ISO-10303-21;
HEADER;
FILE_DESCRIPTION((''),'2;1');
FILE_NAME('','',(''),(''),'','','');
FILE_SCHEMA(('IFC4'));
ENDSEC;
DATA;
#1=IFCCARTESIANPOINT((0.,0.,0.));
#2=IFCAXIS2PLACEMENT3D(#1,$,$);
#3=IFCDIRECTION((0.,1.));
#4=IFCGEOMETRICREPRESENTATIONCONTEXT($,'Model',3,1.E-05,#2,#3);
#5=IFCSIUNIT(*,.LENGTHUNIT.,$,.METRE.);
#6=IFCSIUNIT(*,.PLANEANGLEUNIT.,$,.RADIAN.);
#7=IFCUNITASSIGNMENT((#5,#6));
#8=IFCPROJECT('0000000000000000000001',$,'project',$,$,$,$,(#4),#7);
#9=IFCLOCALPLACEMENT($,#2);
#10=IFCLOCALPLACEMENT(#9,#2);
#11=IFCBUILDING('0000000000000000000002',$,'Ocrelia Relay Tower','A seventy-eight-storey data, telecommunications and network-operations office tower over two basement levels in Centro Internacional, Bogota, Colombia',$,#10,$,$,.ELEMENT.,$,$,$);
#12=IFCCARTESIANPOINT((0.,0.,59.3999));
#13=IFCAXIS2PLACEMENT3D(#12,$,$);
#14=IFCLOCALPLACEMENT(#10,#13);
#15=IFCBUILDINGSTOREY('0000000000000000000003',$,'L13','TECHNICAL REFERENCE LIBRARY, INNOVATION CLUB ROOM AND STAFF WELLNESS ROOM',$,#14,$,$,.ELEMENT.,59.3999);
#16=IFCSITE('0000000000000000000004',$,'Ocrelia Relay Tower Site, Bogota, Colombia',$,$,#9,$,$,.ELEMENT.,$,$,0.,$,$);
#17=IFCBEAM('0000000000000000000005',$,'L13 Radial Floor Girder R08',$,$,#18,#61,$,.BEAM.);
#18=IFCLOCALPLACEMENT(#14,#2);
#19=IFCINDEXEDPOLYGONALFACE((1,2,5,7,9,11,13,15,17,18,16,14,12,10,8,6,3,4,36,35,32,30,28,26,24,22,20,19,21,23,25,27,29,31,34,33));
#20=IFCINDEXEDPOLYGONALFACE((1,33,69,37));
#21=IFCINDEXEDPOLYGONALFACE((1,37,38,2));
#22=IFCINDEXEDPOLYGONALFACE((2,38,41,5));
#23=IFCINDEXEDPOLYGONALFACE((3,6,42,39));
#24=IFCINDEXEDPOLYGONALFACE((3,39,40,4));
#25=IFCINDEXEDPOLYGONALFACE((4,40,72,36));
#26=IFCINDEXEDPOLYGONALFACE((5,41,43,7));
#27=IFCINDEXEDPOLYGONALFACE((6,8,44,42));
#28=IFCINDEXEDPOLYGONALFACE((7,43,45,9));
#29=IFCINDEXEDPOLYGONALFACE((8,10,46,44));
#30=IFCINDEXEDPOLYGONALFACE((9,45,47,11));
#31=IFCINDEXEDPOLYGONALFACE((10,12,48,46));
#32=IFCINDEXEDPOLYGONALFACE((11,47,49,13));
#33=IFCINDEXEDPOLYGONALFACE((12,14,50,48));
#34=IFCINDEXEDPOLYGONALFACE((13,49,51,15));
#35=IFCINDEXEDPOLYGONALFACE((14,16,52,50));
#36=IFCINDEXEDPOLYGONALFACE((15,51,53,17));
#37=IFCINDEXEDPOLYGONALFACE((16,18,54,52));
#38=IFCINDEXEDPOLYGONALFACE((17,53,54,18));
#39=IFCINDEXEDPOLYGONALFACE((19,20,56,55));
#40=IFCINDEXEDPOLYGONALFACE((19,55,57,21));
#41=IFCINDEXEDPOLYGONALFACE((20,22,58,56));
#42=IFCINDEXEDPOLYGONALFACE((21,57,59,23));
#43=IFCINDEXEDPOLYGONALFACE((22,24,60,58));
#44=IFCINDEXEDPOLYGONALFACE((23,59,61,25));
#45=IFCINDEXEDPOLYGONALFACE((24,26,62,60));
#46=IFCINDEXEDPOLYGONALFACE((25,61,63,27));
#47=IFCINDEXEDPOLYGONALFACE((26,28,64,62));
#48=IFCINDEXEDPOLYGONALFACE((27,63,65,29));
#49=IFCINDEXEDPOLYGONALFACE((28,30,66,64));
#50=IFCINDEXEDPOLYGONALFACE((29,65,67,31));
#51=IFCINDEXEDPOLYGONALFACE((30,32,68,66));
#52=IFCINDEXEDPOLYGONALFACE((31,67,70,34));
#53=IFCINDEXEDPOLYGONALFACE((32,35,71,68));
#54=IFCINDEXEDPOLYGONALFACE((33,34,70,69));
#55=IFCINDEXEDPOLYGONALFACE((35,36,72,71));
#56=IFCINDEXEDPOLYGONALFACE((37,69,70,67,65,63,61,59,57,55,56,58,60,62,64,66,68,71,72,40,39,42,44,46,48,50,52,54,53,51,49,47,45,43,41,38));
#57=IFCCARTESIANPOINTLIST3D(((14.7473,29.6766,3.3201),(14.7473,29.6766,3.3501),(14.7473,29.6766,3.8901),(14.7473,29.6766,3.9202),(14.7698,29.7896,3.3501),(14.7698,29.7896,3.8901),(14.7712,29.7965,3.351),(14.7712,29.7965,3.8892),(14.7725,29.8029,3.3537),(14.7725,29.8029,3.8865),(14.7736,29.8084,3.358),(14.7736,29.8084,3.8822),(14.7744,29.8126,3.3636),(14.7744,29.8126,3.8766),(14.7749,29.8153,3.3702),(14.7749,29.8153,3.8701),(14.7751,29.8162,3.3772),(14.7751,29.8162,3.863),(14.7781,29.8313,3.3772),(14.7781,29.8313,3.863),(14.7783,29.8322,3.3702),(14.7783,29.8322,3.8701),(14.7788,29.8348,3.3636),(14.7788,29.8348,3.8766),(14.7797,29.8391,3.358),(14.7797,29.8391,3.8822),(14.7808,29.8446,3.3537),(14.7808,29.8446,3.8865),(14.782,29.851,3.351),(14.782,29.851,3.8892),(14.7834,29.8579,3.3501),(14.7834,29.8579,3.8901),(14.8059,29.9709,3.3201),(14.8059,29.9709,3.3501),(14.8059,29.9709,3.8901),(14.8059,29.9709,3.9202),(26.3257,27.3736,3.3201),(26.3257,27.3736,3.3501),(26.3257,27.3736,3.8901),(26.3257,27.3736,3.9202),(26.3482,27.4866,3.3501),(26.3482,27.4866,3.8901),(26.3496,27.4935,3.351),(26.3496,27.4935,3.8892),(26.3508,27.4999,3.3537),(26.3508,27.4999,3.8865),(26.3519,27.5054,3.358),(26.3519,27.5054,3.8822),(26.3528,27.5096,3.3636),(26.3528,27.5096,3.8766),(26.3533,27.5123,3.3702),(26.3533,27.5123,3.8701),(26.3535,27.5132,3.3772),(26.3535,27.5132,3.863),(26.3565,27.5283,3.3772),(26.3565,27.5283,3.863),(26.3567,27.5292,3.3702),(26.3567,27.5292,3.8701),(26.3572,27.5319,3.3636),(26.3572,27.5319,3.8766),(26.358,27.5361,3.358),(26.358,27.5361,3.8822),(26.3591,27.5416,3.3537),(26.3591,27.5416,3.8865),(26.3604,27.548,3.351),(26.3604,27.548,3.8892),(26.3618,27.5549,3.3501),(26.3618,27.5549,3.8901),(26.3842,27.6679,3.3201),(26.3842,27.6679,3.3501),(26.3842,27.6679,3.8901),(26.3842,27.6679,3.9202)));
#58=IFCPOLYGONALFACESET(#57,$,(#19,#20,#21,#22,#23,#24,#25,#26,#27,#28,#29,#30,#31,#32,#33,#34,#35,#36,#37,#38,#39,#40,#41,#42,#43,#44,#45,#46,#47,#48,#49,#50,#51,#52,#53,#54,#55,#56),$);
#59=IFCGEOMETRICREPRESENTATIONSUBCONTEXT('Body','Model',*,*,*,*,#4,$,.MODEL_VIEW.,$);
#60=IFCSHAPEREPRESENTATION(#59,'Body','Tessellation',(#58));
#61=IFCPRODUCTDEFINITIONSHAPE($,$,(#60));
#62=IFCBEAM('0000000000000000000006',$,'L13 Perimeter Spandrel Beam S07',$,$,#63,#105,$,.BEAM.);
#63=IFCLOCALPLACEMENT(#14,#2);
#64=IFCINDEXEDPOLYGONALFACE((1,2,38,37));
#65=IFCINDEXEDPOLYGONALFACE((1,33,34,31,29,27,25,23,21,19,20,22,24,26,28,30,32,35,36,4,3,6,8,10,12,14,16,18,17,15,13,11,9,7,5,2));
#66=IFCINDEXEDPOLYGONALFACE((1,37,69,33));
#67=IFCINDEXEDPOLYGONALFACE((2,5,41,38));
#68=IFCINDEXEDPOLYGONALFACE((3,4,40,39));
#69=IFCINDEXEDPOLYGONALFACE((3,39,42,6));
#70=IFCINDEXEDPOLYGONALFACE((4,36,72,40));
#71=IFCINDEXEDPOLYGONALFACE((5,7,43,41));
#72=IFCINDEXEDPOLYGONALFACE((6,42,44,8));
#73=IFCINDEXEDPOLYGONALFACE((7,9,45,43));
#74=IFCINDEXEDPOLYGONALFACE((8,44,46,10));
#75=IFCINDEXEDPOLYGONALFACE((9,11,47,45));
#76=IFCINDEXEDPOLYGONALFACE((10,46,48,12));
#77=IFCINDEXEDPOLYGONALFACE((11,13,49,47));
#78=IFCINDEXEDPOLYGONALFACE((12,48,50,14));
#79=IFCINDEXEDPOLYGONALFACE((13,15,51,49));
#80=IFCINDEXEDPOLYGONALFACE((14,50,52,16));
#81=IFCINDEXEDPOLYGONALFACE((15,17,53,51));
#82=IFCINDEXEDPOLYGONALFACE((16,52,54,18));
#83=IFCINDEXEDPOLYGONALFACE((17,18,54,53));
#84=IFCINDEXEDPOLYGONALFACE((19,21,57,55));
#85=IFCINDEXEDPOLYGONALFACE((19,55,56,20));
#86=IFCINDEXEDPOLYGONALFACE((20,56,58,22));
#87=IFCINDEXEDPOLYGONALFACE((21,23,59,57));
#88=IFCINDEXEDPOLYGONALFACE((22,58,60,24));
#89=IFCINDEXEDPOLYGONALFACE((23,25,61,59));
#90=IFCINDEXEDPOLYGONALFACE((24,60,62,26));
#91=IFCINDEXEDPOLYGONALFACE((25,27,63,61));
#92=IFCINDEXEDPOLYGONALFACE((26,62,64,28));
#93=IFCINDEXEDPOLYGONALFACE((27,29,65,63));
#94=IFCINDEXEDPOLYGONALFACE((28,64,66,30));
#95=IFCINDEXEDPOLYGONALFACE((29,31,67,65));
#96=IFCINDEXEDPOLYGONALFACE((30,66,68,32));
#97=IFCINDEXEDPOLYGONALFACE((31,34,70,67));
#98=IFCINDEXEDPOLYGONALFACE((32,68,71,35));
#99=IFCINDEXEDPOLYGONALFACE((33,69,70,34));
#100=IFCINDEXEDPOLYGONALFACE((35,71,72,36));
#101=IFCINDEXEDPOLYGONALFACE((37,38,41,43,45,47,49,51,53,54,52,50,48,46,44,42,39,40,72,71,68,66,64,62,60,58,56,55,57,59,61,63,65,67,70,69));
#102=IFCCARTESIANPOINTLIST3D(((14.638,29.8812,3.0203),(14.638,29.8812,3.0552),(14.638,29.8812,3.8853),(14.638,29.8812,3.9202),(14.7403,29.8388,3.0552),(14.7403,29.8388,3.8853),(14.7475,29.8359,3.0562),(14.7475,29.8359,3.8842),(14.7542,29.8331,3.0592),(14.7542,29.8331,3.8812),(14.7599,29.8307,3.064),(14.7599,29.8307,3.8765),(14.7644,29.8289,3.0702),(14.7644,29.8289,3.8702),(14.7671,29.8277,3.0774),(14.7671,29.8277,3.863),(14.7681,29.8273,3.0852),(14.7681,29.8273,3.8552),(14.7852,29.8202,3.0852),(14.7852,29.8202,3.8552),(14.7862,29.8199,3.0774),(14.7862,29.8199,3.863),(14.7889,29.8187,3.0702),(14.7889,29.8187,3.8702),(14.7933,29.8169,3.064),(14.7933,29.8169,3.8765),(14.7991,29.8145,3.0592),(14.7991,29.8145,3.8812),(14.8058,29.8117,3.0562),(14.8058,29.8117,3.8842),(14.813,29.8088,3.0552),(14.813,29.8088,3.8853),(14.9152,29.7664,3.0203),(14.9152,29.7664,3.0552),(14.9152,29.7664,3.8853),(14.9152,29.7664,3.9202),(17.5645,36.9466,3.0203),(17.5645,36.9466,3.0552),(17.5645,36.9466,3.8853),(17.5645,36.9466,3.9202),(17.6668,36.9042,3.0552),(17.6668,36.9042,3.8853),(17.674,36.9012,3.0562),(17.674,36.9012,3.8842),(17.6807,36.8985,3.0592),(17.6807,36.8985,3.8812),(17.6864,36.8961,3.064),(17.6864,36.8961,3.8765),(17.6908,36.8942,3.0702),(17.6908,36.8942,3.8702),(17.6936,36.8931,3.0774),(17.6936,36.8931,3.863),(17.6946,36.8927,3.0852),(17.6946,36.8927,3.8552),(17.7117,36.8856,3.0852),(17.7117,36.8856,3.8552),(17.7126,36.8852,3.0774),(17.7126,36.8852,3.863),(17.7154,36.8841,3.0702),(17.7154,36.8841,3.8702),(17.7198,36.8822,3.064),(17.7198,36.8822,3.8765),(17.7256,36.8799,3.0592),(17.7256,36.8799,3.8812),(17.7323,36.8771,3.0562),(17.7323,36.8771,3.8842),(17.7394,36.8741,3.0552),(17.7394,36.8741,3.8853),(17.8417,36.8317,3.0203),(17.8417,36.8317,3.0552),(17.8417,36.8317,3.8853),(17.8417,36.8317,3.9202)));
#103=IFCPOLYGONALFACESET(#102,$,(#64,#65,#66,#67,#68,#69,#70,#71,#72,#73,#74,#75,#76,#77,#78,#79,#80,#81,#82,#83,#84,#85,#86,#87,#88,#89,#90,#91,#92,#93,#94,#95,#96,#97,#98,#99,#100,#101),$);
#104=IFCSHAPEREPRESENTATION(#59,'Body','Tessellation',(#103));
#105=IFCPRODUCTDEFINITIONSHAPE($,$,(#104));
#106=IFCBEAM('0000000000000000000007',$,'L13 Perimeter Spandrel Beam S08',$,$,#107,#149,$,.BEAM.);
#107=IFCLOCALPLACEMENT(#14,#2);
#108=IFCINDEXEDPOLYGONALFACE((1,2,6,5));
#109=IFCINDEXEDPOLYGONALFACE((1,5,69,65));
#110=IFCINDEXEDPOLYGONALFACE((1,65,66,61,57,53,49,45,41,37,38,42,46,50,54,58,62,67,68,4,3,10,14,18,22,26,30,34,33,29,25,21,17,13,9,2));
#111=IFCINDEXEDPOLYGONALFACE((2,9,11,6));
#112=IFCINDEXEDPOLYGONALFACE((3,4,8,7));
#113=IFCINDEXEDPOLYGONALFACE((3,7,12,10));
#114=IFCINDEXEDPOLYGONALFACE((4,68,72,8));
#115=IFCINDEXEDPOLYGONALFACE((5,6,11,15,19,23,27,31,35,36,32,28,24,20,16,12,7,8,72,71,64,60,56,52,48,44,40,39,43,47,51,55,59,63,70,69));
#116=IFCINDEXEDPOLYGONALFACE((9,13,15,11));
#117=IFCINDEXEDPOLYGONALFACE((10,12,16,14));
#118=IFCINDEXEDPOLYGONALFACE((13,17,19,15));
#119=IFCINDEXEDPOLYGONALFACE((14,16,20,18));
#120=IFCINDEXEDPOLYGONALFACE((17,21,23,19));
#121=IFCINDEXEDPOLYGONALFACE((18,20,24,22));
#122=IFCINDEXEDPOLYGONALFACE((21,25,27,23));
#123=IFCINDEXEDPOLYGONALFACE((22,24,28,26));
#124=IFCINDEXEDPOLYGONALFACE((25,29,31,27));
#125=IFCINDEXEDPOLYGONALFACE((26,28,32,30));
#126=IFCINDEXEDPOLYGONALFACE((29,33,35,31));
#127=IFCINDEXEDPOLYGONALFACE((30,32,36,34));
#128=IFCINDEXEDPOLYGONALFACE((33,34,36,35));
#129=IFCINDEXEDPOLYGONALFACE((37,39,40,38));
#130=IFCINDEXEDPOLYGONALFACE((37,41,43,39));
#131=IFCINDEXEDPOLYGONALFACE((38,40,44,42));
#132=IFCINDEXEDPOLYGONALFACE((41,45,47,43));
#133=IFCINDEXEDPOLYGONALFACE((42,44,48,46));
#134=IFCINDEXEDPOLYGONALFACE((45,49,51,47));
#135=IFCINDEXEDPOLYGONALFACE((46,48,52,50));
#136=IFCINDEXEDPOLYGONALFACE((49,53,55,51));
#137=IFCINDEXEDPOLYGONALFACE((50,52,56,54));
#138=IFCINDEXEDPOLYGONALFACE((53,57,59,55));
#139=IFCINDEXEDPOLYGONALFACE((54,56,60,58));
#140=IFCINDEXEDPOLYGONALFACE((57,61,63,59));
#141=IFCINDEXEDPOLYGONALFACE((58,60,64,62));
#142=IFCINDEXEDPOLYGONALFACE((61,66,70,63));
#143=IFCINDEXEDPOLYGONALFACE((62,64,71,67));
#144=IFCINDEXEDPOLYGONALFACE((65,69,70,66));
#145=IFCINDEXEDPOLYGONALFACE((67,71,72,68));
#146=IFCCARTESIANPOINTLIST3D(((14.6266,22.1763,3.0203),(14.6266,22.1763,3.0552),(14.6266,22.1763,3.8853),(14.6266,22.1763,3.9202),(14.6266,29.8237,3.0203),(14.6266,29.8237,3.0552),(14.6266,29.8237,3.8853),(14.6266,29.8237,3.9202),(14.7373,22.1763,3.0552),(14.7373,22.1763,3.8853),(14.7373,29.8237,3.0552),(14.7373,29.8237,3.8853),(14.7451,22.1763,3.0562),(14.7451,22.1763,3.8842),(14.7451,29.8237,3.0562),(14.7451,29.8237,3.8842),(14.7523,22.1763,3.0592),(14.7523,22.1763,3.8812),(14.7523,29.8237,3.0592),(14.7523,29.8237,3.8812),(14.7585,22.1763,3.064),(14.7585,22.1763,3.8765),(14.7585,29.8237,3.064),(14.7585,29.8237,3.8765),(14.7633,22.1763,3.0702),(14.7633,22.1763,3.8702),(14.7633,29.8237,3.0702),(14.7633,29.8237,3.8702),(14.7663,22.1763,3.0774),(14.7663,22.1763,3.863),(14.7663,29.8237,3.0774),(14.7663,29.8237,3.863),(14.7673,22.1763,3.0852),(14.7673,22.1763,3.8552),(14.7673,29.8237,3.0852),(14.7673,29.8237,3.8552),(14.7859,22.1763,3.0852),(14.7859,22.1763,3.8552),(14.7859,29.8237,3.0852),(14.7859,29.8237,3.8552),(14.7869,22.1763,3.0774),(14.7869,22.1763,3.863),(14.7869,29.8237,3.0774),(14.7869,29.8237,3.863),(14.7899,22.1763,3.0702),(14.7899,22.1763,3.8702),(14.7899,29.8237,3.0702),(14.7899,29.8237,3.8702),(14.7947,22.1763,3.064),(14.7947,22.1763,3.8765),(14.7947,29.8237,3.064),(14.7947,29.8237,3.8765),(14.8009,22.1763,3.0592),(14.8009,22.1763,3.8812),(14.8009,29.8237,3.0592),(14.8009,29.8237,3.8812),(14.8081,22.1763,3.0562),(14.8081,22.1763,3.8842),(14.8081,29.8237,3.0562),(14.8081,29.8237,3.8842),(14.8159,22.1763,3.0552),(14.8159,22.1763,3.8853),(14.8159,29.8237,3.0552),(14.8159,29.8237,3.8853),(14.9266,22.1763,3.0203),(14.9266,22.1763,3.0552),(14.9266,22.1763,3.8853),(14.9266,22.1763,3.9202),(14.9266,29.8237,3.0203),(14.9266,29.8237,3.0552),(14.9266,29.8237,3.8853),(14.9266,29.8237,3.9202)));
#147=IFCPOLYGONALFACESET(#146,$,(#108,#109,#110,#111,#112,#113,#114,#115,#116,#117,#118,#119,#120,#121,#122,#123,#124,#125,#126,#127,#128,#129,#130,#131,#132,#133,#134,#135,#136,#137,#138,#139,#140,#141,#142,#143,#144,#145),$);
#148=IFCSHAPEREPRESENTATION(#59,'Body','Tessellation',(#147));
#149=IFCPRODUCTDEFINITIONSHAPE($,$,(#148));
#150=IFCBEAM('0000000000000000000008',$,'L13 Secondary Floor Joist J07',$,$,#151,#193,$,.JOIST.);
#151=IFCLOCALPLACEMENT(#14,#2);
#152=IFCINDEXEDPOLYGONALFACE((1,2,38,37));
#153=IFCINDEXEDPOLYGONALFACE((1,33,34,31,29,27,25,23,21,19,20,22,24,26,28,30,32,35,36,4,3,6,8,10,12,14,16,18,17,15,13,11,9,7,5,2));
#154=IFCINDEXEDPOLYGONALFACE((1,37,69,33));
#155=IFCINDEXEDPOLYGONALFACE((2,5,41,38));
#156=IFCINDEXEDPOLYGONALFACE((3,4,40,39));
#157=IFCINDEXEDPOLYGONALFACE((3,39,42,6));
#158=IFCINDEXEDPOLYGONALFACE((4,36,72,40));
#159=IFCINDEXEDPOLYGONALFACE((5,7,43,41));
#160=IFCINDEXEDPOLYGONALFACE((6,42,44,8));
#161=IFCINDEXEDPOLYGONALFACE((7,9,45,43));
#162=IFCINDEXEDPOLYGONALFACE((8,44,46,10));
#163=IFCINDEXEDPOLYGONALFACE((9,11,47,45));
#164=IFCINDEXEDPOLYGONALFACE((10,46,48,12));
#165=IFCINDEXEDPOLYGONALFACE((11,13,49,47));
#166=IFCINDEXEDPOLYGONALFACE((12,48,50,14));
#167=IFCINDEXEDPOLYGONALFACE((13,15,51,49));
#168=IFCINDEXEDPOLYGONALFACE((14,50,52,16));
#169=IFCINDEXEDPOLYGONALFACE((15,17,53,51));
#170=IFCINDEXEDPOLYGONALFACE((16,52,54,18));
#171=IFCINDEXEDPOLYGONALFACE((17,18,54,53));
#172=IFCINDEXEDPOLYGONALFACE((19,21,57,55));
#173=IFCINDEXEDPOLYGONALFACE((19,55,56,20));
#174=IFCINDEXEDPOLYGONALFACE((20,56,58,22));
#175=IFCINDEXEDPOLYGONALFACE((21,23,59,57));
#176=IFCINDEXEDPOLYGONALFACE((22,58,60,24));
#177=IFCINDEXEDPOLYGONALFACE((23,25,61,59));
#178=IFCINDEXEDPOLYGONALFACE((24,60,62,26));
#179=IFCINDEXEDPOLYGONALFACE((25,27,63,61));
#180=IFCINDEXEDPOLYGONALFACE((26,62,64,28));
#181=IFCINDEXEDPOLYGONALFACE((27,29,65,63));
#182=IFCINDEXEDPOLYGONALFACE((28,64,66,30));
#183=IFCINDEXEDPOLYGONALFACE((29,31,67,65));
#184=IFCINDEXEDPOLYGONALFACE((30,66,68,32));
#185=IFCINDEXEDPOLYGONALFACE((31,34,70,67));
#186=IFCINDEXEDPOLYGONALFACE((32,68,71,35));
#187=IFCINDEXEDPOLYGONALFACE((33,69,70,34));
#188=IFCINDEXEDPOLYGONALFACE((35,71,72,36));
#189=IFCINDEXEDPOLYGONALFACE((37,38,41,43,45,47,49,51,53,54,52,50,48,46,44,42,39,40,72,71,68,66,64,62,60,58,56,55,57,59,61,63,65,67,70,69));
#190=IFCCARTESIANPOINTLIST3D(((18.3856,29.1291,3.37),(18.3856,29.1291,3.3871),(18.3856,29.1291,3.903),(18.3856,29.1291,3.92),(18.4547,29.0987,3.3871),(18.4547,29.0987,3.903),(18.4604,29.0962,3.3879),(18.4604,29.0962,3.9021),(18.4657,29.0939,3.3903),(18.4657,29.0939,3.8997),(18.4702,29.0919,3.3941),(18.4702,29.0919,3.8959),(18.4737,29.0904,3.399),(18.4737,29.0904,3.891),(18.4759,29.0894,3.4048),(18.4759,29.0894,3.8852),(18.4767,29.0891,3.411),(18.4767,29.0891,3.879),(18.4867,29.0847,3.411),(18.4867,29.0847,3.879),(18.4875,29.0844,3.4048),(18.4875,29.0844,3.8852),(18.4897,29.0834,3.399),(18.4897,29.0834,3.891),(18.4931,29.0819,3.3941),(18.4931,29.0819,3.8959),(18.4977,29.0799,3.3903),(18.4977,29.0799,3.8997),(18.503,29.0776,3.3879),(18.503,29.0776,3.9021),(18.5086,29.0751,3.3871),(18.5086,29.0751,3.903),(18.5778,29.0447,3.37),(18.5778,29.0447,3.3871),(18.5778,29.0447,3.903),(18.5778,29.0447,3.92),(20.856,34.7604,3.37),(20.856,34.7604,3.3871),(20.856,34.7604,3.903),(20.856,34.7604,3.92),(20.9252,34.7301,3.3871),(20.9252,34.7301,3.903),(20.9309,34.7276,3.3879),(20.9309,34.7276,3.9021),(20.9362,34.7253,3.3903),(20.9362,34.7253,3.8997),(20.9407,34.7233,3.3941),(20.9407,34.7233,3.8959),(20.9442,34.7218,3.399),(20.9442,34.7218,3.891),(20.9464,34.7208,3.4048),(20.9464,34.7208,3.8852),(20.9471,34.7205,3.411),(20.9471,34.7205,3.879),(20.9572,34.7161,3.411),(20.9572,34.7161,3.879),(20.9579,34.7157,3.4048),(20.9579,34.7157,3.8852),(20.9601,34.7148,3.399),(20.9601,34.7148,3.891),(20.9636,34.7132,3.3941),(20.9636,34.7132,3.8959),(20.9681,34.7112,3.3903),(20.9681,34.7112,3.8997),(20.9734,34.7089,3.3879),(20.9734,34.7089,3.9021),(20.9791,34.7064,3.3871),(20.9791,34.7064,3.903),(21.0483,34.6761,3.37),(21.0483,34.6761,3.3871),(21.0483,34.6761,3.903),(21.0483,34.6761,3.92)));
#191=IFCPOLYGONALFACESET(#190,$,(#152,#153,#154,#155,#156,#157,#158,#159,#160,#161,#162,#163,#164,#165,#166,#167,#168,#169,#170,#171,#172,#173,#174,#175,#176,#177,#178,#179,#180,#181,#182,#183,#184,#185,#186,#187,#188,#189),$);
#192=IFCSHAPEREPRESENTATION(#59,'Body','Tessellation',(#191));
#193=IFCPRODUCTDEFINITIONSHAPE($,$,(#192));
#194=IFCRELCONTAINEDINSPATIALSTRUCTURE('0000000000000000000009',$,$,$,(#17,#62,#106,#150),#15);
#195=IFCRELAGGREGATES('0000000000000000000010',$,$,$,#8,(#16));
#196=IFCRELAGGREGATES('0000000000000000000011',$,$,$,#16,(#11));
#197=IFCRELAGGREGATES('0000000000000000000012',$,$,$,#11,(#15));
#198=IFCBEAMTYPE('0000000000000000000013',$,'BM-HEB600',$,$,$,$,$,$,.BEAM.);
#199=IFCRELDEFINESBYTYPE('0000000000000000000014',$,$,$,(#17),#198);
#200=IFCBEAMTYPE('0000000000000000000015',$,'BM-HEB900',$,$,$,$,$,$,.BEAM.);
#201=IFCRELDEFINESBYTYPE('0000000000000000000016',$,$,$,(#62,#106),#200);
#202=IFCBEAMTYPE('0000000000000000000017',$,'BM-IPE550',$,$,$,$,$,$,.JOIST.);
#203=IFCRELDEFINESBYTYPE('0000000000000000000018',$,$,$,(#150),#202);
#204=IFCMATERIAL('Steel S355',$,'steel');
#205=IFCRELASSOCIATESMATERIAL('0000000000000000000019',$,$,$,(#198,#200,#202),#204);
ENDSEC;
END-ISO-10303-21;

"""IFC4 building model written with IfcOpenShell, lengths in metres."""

from ifc_helpers import new_model, si_unit, direction, frame, origin, origin_2d, place, context, subcontext, project, spatial, i_section, extrude, material, material_profile, profile_set, type_object, element, save


model = new_model("IFC4")

# Units and contexts
model_context = context("Model", 3, precision=1e-05, world=origin(), true_north=direction((0.0, 1.0)))
body_context = subcontext(model_context, "Body", "Model", "MODEL_VIEW")
ifc_project = project(units=[si_unit("LENGTHUNIT", "METRE"), si_unit("PLANEANGLEUNIT", "RADIAN")], contexts=[model_context])

# Site, building, storey
site_placement = place(None, origin())
site = spatial("IfcSite", under=ifc_project, at=site_placement, Name="Ocrelia Relay Tower Site, Bogota, Colombia", CompositionType="ELEMENT", RefElevation=0.0)
building_placement = place(site_placement, origin())
building = spatial("IfcBuilding", under=site, at=building_placement, Name="Ocrelia Relay Tower", Description="A seventy-eight-storey data, telecommunications and network-operations office tower over two basement levels in Centro Internacional, Bogota, Colombia", CompositionType="ELEMENT")
storey_placement = place(building_placement, frame((0.0, 0.0, 59.3999)))
storey = spatial("IfcBuildingStorey", under=building, at=storey_placement, Name="L13", Description="TECHNICAL REFERENCE LIBRARY, INNOVATION CLUB ROOM AND STAFF WELLNESS ROOM", CompositionType="ELEMENT", Elevation=59.3999)

# Beams
ifc_material_1 = material(Name="Steel S355", Category="steel")
ifc_material_profile_1 = material_profile(ifc_material_1, i_section(OverallWidth=0.3, OverallDepth=0.6001, WebThickness=0.0154, FlangeThickness=0.03, FilletRadius=0.0271, at=origin_2d()), Name="HEB 600")
ifc_profile_set_1 = profile_set([ifc_material_profile_1], Name="Steel S355")
beam_type_1 = type_object("IfcBeamType", Name="BM-HEB600", PredefinedType="BEAM", material=ifc_profile_set_1)
beam_1_placement = place(storey_placement, frame((14.7766, 29.8237, 3.6201), z_axis=(0.980787, -0.195082, 0.0), x_axis=(0.195082, 0.980787, 0.0)))
element("IfcBeam", 1, at=beam_1_placement, inside=storey, type_object=beam_type_1, Name="L13 Radial Floor Girder R08", PredefinedType="BEAM", context=body_context, shape_type="SweptSolid", body=[
    extrude(i_section(OverallWidth=0.3, OverallDepth=0.6001, WebThickness=0.0154, FlangeThickness=0.03, FilletRadius=0.0271, at=origin_2d()), origin(), (0.0, 0.0, 1.0), 11.8052),
])
ifc_material_profile_2 = material_profile(ifc_material_1, i_section(OverallWidth=0.3, OverallDepth=0.8999, WebThickness=0.0186, FlangeThickness=0.0349, FilletRadius=0.03, at=origin_2d()), Name="HEB 900")
ifc_profile_set_2 = profile_set([ifc_material_profile_2], Name="Steel S355")
beam_type_2 = type_object("IfcBeamType", Name="BM-HEB900", PredefinedType="BEAM", material=ifc_profile_set_2)
for number, where, z_axis, x_axis, name in (
    (2, (17.7031, 36.8892, 3.4702), (-0.382674, -0.923883, 0.0), (0.923883, -0.382674, 0.0), "L13 Perimeter Spandrel Beam S07"),
    (3, (14.7766, 29.8237, 3.4702), (0.0, -1.0, 0.0), (1.0, 0.0, 0.0), "L13 Perimeter Spandrel Beam S08"),
):
    element("IfcBeam", number, at=place(storey_placement, frame(where, z_axis=z_axis, x_axis=x_axis)), inside=storey, type_object=beam_type_2, Name=name, PredefinedType="BEAM", context=body_context, shape_type="SweptSolid", body=[
        extrude(i_section(OverallWidth=0.3, OverallDepth=0.8999, WebThickness=0.0186, FlangeThickness=0.0349, FilletRadius=0.03, at=origin_2d()), origin(), (0.0, 0.0, 1.0), 7.6475),
    ])
ifc_material_profile_3 = material_profile(ifc_material_1, i_section(OverallWidth=0.21, OverallDepth=0.55, WebThickness=0.011, FlangeThickness=0.0171, FilletRadius=0.0239, at=origin_2d()), Name="IPE 550")
ifc_profile_set_3 = profile_set([ifc_material_profile_3], Name="Steel S355")
beam_type_3 = type_object("IfcBeamType", Name="BM-IPE550", PredefinedType="JOIST", material=ifc_profile_set_3)
beam_2_placement = place(storey_placement, frame((20.9521, 34.7183, 3.645), z_axis=(-0.401739, -0.915754, 0.0), x_axis=(0.915754, -0.401739, 0.0)))
element("IfcBeam", 4, at=beam_2_placement, inside=storey, type_object=beam_type_3, Name="L13 Secondary Floor Joist J07", PredefinedType="JOIST", context=body_context, shape_type="SweptSolid", body=[
    extrude(i_section(OverallWidth=0.21, OverallDepth=0.55, WebThickness=0.011, FlangeThickness=0.0171, FilletRadius=0.0239, at=origin_2d()), origin(), (0.0, 0.0, 1.0), 6.1494),
])

save(model, "model.ifc")
